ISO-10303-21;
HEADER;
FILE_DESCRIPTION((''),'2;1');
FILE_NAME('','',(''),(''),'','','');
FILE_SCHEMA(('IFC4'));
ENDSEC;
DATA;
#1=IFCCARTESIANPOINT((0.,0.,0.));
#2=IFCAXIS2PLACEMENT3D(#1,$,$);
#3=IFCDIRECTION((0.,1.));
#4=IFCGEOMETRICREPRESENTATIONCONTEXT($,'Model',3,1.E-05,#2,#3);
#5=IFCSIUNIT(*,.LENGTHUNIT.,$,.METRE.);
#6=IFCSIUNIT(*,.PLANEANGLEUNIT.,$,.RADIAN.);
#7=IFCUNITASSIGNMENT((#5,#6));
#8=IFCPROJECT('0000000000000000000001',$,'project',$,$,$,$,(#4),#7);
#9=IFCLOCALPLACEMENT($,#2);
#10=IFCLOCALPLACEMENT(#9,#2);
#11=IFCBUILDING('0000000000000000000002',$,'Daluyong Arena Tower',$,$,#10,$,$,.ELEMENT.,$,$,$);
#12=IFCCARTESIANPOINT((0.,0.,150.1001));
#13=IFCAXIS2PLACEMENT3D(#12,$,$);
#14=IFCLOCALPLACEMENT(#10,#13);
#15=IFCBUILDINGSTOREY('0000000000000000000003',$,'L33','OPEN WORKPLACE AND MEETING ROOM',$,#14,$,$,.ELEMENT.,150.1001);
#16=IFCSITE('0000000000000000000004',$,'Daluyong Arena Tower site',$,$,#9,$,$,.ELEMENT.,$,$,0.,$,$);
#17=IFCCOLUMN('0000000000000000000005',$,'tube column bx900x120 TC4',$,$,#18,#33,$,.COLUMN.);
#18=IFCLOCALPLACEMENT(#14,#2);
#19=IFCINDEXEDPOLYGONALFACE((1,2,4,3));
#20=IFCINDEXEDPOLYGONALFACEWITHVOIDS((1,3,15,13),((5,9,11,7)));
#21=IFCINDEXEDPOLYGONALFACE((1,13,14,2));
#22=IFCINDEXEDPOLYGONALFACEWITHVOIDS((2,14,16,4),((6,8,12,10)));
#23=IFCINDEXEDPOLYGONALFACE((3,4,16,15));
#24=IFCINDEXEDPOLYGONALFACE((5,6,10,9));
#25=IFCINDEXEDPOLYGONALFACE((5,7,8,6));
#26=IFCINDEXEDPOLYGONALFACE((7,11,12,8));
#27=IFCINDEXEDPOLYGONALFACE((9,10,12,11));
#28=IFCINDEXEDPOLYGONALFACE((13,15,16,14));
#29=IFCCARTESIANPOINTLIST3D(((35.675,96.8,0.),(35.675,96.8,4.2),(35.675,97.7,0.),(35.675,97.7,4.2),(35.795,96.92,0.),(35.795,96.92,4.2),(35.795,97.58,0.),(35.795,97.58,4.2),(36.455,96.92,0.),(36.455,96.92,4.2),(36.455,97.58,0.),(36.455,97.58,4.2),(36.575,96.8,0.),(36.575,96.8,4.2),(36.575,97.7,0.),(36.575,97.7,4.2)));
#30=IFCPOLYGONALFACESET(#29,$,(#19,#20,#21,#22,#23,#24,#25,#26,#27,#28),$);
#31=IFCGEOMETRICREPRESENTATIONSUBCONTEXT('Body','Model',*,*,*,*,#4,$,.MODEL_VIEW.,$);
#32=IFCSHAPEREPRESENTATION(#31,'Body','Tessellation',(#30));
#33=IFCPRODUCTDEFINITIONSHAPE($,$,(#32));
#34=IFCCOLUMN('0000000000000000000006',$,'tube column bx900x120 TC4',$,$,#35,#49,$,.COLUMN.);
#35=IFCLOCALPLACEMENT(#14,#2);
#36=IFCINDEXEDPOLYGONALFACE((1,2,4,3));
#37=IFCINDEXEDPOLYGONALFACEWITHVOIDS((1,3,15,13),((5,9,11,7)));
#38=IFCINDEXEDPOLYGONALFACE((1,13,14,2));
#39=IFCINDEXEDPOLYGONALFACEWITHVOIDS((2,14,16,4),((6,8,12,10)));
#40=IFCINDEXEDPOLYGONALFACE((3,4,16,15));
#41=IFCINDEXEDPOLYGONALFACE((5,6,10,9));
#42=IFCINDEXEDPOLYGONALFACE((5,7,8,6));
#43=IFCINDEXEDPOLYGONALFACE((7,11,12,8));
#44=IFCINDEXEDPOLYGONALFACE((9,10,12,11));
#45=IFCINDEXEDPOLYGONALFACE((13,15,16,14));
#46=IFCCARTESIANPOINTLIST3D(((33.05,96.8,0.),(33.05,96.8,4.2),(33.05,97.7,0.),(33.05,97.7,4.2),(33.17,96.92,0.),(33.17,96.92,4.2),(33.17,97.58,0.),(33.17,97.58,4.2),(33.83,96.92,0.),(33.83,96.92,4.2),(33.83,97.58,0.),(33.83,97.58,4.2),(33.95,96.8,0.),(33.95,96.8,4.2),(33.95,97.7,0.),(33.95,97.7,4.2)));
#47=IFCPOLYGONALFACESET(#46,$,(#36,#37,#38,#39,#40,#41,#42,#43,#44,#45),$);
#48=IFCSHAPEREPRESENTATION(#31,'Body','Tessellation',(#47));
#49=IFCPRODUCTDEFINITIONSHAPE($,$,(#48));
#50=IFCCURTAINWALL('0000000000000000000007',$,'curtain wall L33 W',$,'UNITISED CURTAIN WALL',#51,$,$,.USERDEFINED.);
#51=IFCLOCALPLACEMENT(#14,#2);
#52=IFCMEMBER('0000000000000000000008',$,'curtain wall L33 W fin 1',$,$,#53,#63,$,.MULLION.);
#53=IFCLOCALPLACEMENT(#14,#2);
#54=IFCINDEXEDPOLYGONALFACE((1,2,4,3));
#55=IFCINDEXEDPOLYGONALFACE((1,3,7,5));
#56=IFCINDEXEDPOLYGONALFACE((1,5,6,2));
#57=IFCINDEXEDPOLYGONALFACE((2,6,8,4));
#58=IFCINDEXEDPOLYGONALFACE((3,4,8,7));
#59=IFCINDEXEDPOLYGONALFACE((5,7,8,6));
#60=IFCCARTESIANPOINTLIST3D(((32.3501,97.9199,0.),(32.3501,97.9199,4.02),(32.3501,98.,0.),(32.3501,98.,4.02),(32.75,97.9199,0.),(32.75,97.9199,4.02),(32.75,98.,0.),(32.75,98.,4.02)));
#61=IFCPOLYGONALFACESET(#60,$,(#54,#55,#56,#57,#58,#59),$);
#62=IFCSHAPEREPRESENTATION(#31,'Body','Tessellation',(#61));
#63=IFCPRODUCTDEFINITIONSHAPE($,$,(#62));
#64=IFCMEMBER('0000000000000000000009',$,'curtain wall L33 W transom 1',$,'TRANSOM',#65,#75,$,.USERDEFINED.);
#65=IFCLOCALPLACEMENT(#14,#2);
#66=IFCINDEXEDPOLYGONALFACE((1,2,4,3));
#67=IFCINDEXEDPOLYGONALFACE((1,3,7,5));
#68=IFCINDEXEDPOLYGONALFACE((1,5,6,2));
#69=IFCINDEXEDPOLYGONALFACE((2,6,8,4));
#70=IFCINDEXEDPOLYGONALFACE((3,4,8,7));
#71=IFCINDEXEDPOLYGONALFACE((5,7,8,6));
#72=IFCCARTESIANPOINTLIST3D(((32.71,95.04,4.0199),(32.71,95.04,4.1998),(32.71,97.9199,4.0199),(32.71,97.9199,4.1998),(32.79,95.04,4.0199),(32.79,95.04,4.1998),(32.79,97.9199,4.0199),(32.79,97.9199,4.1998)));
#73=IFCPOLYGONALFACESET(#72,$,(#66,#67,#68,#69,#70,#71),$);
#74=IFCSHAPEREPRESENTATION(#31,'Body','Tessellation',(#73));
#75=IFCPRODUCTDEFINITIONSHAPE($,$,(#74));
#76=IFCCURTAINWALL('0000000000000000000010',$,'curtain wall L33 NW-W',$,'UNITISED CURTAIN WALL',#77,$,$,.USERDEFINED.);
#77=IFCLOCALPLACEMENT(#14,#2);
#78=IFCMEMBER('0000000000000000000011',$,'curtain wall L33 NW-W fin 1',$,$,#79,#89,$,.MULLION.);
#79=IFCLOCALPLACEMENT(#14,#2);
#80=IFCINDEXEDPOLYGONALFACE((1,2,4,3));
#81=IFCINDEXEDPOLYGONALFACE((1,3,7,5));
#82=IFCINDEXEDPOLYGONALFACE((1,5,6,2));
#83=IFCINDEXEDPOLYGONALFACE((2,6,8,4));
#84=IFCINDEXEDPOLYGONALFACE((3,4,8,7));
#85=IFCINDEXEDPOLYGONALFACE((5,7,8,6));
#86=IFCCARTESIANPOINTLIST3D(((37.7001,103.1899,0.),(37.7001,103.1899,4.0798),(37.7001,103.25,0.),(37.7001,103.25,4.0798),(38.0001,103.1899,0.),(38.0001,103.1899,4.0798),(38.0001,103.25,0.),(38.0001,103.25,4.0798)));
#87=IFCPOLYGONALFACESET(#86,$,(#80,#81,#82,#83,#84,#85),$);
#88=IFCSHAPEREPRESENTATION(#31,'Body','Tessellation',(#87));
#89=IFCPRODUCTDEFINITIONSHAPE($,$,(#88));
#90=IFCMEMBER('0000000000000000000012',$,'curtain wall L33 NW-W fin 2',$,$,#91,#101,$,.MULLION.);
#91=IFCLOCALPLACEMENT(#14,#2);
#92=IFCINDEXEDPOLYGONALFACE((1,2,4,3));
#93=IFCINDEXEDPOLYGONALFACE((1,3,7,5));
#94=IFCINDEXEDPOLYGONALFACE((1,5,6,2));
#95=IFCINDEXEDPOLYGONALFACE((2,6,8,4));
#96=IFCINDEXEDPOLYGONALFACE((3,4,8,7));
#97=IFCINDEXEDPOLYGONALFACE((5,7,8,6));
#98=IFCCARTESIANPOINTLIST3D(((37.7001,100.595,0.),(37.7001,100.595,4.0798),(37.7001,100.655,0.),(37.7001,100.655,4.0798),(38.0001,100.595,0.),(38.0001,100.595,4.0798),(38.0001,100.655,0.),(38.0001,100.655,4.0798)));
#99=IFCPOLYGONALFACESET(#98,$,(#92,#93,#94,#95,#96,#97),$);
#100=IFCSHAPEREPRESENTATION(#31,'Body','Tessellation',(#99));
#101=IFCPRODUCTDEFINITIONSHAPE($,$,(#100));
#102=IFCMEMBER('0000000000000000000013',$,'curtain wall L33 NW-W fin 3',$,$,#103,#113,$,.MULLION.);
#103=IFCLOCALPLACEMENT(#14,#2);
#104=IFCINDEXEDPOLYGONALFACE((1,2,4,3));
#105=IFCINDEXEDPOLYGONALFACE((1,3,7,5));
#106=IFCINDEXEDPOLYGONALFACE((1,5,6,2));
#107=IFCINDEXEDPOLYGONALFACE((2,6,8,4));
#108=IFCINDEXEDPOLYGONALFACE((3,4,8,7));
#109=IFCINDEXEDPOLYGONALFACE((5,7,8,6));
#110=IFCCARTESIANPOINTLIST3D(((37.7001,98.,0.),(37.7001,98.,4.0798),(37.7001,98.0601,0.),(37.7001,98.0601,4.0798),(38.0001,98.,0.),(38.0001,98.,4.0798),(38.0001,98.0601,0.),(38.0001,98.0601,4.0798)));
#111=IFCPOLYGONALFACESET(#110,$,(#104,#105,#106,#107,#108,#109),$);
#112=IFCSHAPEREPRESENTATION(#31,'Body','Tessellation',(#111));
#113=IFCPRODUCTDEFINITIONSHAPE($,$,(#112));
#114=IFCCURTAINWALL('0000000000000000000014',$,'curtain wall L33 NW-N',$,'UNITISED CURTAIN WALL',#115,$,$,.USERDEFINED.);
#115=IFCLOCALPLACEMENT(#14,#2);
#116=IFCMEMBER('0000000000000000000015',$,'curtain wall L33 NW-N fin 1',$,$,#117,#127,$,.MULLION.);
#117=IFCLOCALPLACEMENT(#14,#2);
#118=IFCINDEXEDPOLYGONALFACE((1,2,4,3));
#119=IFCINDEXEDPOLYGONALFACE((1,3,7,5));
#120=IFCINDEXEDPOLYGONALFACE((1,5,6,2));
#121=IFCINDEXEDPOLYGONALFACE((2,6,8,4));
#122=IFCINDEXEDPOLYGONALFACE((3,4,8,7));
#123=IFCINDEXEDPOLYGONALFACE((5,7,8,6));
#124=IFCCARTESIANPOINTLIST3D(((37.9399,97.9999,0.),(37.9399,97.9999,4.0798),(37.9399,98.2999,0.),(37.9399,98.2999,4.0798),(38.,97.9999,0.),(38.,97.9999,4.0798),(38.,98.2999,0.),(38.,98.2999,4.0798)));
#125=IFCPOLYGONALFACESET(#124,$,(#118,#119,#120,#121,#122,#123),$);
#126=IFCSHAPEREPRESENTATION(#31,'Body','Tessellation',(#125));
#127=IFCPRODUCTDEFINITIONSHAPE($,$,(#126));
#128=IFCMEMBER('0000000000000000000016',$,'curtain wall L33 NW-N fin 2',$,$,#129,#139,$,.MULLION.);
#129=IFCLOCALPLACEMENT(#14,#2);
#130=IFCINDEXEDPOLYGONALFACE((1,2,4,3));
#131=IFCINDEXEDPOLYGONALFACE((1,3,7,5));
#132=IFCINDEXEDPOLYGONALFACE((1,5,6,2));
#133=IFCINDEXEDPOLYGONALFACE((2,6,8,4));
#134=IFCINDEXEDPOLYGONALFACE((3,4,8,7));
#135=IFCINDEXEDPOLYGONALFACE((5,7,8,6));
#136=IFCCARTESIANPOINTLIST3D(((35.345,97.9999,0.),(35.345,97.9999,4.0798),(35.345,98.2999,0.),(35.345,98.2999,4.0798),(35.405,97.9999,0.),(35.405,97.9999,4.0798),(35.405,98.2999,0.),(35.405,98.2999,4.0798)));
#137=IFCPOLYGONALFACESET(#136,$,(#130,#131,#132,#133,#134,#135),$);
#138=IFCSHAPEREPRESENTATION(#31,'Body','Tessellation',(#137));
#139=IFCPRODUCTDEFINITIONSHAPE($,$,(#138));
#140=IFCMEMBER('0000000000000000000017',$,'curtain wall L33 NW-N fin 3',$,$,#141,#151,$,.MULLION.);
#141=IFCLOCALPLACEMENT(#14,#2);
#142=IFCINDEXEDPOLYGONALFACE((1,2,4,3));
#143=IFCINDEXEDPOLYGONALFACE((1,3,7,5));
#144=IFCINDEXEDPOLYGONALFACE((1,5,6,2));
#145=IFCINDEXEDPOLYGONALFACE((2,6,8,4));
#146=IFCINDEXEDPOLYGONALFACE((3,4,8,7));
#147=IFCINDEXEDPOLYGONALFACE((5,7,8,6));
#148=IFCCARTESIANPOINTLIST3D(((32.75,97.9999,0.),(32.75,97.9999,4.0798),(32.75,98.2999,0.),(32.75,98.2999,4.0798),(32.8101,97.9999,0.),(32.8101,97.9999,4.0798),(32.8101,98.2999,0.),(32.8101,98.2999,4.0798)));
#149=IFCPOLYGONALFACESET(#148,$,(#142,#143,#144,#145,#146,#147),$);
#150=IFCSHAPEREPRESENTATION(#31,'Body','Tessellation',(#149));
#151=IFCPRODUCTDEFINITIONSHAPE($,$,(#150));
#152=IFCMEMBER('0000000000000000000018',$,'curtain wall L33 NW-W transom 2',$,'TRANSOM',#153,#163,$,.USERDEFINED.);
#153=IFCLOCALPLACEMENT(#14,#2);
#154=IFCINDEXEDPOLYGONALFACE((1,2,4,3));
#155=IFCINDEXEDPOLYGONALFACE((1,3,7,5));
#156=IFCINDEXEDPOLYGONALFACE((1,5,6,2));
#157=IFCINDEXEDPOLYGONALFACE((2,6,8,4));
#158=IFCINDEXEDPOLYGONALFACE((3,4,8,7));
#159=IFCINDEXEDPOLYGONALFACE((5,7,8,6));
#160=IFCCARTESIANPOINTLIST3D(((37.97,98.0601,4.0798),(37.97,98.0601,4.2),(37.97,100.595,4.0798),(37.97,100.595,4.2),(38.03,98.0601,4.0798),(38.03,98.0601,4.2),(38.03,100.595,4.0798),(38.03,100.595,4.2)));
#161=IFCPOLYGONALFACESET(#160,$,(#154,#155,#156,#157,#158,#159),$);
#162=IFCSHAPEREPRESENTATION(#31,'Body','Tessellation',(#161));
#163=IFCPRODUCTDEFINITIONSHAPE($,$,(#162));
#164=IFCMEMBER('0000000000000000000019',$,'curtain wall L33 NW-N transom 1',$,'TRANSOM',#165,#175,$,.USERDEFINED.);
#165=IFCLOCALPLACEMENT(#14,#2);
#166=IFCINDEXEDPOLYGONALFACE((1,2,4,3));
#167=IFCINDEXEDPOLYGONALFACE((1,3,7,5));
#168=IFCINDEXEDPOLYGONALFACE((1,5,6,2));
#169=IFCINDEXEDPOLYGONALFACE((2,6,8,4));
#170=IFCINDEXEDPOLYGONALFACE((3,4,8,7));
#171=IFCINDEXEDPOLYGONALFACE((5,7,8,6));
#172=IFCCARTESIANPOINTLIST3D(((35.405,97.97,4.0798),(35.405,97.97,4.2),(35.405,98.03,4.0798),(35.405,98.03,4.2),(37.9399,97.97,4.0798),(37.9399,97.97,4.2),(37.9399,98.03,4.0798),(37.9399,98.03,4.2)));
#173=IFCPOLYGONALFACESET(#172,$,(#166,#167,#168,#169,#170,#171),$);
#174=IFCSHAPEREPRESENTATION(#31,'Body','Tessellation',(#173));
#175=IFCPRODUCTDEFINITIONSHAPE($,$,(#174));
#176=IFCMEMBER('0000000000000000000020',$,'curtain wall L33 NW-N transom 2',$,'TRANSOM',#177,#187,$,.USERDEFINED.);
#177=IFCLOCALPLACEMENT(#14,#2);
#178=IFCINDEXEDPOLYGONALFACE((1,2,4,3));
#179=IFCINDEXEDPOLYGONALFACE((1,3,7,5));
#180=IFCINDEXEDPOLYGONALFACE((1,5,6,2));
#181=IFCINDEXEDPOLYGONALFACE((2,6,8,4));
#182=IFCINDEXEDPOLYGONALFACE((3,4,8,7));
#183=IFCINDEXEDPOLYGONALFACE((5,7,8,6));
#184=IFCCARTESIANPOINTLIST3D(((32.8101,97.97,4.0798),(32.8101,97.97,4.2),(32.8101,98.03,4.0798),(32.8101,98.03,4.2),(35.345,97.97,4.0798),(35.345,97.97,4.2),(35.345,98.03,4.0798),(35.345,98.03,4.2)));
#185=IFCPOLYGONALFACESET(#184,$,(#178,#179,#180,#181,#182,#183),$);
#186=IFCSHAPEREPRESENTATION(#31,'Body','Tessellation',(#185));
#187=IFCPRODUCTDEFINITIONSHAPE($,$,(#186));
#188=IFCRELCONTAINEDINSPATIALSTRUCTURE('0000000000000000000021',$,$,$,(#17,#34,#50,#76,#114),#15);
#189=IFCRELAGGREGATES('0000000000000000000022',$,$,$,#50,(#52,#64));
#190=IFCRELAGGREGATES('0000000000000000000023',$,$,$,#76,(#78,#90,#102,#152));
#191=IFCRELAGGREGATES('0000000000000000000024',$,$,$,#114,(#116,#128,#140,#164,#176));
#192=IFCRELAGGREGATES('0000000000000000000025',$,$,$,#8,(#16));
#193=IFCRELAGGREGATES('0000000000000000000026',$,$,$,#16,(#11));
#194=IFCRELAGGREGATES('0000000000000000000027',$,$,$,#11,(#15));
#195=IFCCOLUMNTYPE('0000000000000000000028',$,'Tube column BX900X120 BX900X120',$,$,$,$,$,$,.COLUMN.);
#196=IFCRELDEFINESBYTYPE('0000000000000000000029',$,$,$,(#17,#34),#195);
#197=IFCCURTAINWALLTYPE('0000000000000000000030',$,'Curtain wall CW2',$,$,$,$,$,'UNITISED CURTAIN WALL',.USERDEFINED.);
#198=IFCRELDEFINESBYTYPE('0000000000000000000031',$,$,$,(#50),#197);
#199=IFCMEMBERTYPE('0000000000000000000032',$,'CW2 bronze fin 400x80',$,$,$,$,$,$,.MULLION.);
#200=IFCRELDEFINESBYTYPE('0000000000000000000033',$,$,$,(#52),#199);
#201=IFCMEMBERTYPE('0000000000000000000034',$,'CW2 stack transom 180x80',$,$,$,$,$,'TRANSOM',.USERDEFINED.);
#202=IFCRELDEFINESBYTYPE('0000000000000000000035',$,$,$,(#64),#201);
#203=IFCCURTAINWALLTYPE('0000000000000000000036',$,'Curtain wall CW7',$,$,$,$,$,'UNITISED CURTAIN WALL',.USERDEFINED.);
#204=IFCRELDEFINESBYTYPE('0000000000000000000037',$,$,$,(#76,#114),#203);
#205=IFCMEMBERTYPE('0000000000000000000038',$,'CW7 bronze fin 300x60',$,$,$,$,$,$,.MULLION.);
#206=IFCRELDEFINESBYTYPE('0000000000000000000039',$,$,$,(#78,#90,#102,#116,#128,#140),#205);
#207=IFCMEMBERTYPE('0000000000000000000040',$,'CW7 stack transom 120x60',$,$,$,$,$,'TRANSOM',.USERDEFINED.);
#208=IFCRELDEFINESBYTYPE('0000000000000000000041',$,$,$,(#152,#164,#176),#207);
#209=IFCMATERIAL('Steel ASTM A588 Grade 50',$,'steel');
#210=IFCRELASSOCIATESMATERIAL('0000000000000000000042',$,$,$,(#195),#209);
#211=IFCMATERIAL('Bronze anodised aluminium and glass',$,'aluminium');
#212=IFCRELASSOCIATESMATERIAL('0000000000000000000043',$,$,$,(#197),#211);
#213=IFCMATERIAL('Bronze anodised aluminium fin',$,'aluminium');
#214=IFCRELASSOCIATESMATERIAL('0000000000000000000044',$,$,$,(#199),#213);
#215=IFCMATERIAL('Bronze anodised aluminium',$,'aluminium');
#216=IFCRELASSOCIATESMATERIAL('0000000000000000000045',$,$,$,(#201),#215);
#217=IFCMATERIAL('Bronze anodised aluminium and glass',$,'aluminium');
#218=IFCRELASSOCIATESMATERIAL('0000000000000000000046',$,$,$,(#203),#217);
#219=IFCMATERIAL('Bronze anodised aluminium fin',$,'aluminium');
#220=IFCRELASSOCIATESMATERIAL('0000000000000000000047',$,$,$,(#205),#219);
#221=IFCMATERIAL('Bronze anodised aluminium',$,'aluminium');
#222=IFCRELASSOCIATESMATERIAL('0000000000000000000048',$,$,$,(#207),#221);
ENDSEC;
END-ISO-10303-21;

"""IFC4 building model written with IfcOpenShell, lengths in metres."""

from ifc_helpers import new_model, si_unit, direction, frame, origin, origin_2d, place, context, subcontext, project, spatial, rectangle, hollow_rectangle, extrude, material, material_profile, profile_set, type_object, element, aggregate, save


model = new_model("IFC4")

# Units and contexts
model_context = context("Model", 3, precision=1e-05, world=origin(), true_north=direction((0.0, 1.0)))
body_context = subcontext(model_context, "Body", "Model", "MODEL_VIEW")
ifc_project = project(units=[si_unit("LENGTHUNIT", "METRE"), si_unit("PLANEANGLEUNIT", "RADIAN")], contexts=[model_context])

# Site, building, storey
site_placement = place(None, origin())
site = spatial("IfcSite", under=ifc_project, at=site_placement, Name="Daluyong Arena Tower site", CompositionType="ELEMENT", RefElevation=0.0)
building_placement = place(site_placement, origin())
building = spatial("IfcBuilding", under=site, at=building_placement, Name="Daluyong Arena Tower", CompositionType="ELEMENT")
storey_placement = place(building_placement, frame((0.0, 0.0, 150.1001)))
storey = spatial("IfcBuildingStorey", under=building, at=storey_placement, Name="L33", Description="OPEN WORKPLACE AND MEETING ROOM", CompositionType="ELEMENT", Elevation=150.1001)

# Columns
ifc_material_1 = material(Name="Steel ASTM A588 Grade 50", Category="steel")
ifc_material_profile_1 = material_profile(ifc_material_1, hollow_rectangle(XDim=0.8999, YDim=0.8999, WallThickness=0.12, at=origin_2d()))
ifc_profile_set_1 = profile_set([ifc_material_profile_1], Name="Steel ASTM A588 Grade 50")
column_type = type_object("IfcColumnType", Name="Tube column BX900X120 BX900X120", PredefinedType="COLUMN", material=ifc_profile_set_1)
for number, where, z_axis, x_axis, name in (
    (1, (36.125, 97.25, 0.0), (0.0, 0.0, 1.0), (1.0, 0.0, 0.0), "tube column bx900x120 TC4"),
    (2, (33.5, 97.25, 0.0), (0.0, 0.0, 1.0), (0.0, 1.0, 0.0), "tube column bx900x120 TC4"),
):
    element("IfcColumn", number, at=place(storey_placement, frame(where, z_axis=z_axis, x_axis=x_axis)), inside=storey, type_object=column_type, Name=name, PredefinedType="COLUMN", context=body_context, shape_type="SweptSolid", body=[
        extrude(hollow_rectangle(XDim=0.8999, YDim=0.8999, WallThickness=0.12, at=origin_2d()), origin(), (0.0, 0.0, 1.0), 4.2),
    ])

# Curtain walls, members
ifc_material_2 = material(Name="Bronze anodised aluminium and glass", Category="aluminium")
curtain_wall_type_1 = type_object("IfcCurtainWallType", Name="Curtain wall CW2", ElementType="UNITISED CURTAIN WALL", PredefinedType="USERDEFINED", material=ifc_material_2)
curtain_wall_1_placement = place(storey_placement, origin())
curtain_wall_1 = element("IfcCurtainWall", 3, at=curtain_wall_1_placement, inside=storey, type_object=curtain_wall_type_1, Name="curtain wall L33 W", ObjectType="UNITISED CURTAIN WALL", PredefinedType="USERDEFINED")
ifc_material_3 = material(Name="Bronze anodised aluminium fin", Category="aluminium")
ifc_material_profile_2 = material_profile(ifc_material_3, rectangle(XDim=0.3999, YDim=0.0801, at=origin_2d()))
ifc_profile_set_2 = profile_set([ifc_material_profile_2], Name="Bronze anodised aluminium fin")
member_type_1 = type_object("IfcMemberType", Name="CW2 bronze fin 400x80", PredefinedType="MULLION", material=ifc_profile_set_2)
member_1_placement = place(storey_placement, frame((32.55, 97.96, 0.0), z_axis=(0.0, 0.0, 1.0), x_axis=(1.0, 0.0, 0.0)))
member_1 = element("IfcMember", 4, at=member_1_placement, type_object=member_type_1, Name="curtain wall L33 W fin 1", PredefinedType="MULLION", context=body_context, shape_type="SweptSolid", body=[
    extrude(rectangle(XDim=0.3999, YDim=0.0801, at=origin_2d()), origin(), (0.0, 0.0, 1.0), 4.02),
])
ifc_material_4 = material(Name="Bronze anodised aluminium", Category="aluminium")
ifc_material_profile_3 = material_profile(ifc_material_4, rectangle(XDim=0.0801, YDim=0.1799, at=origin_2d()))
ifc_profile_set_3 = profile_set([ifc_material_profile_3], Name="Bronze anodised aluminium")
member_type_2 = type_object("IfcMemberType", Name="CW2 stack transom 180x80", ElementType="TRANSOM", PredefinedType="USERDEFINED", material=ifc_profile_set_3)
member_2_placement = place(storey_placement, frame((32.75, 97.9199, 4.1099), z_axis=(0.0, -1.0, 0.0), x_axis=(1.0, 0.0, 0.0)))
member_2 = element("IfcMember", 5, at=member_2_placement, type_object=member_type_2, Name="curtain wall L33 W transom 1", ObjectType="TRANSOM", PredefinedType="USERDEFINED", context=body_context, shape_type="SweptSolid", body=[
    extrude(rectangle(XDim=0.0801, YDim=0.1799, at=origin_2d()), origin(), (0.0, 0.0, 1.0), 2.8799),
])
aggregate(curtain_wall_1, [member_1, member_2])
ifc_material_5 = material(Name="Bronze anodised aluminium and glass", Category="aluminium")
curtain_wall_type_2 = type_object("IfcCurtainWallType", Name="Curtain wall CW7", ElementType="UNITISED CURTAIN WALL", PredefinedType="USERDEFINED", material=ifc_material_5)
curtain_wall_2_placement = place(storey_placement, origin())
curtain_wall_2 = element("IfcCurtainWall", 6, at=curtain_wall_2_placement, inside=storey, type_object=curtain_wall_type_2, Name="curtain wall L33 NW-W", ObjectType="UNITISED CURTAIN WALL", PredefinedType="USERDEFINED")
ifc_material_6 = material(Name="Bronze anodised aluminium fin", Category="aluminium")
ifc_material_profile_4 = material_profile(ifc_material_6, rectangle(XDim=0.3, YDim=0.0601, at=origin_2d()))
ifc_profile_set_4 = profile_set([ifc_material_profile_4], Name="Bronze anodised aluminium fin")
member_type_3 = type_object("IfcMemberType", Name="CW7 bronze fin 300x60", PredefinedType="MULLION", material=ifc_profile_set_4)
member_3_placement = place(storey_placement, frame((37.8501, 103.22, 0.0), z_axis=(0.0, 0.0, 1.0), x_axis=(1.0, 0.0, 0.0)))
member_3 = element("IfcMember", 7, at=member_3_placement, type_object=member_type_3, Name="curtain wall L33 NW-W fin 1", PredefinedType="MULLION", context=body_context, shape_type="SweptSolid", body=[
    extrude(rectangle(XDim=0.3, YDim=0.0601, at=origin_2d()), origin(), (0.0, 0.0, 1.0), 4.0798),
])
member_4_placement = place(storey_placement, frame((37.8501, 100.625, 0.0), z_axis=(0.0, 0.0, 1.0), x_axis=(1.0, 0.0, 0.0)))
member_4 = element("IfcMember", 8, at=member_4_placement, type_object=member_type_3, Name="curtain wall L33 NW-W fin 2", PredefinedType="MULLION", context=body_context, shape_type="SweptSolid", body=[
    extrude(rectangle(XDim=0.3, YDim=0.0601, at=origin_2d()), origin(), (0.0, 0.0, 1.0), 4.0798),
])
member_5_placement = place(storey_placement, frame((37.8501, 98.03, 0.0), z_axis=(0.0, 0.0, 1.0), x_axis=(1.0, 0.0, 0.0)))
member_5 = element("IfcMember", 9, at=member_5_placement, type_object=member_type_3, Name="curtain wall L33 NW-W fin 3", PredefinedType="MULLION", context=body_context, shape_type="SweptSolid", body=[
    extrude(rectangle(XDim=0.3, YDim=0.0601, at=origin_2d()), origin(), (0.0, 0.0, 1.0), 4.0798),
])
curtain_wall_3_placement = place(storey_placement, origin())
curtain_wall_3 = element("IfcCurtainWall", 10, at=curtain_wall_3_placement, inside=storey, type_object=curtain_wall_type_2, Name="curtain wall L33 NW-N", ObjectType="UNITISED CURTAIN WALL", PredefinedType="USERDEFINED")
member_6_placement = place(storey_placement, frame((37.97, 98.1499, 0.0), z_axis=(0.0, 0.0, 1.0), x_axis=(0.0, -1.0, 0.0)))
member_6 = element("IfcMember", 11, at=member_6_placement, type_object=member_type_3, Name="curtain wall L33 NW-N fin 1", PredefinedType="MULLION", context=body_context, shape_type="SweptSolid", body=[
    extrude(rectangle(XDim=0.3, YDim=0.0601, at=origin_2d()), origin(), (0.0, 0.0, 1.0), 4.0798),
])
member_7_placement = place(storey_placement, frame((35.375, 98.1499, 0.0), z_axis=(0.0, 0.0, 1.0), x_axis=(0.0, -1.0, 0.0)))
member_7 = element("IfcMember", 12, at=member_7_placement, type_object=member_type_3, Name="curtain wall L33 NW-N fin 2", PredefinedType="MULLION", context=body_context, shape_type="SweptSolid", body=[
    extrude(rectangle(XDim=0.3, YDim=0.0601, at=origin_2d()), origin(), (0.0, 0.0, 1.0), 4.0798),
])
member_8_placement = place(storey_placement, frame((32.78, 98.1499, 0.0), z_axis=(0.0, 0.0, 1.0), x_axis=(0.0, -1.0, 0.0)))
member_8 = element("IfcMember", 13, at=member_8_placement, type_object=member_type_3, Name="curtain wall L33 NW-N fin 3", PredefinedType="MULLION", context=body_context, shape_type="SweptSolid", body=[
    extrude(rectangle(XDim=0.3, YDim=0.0601, at=origin_2d()), origin(), (0.0, 0.0, 1.0), 4.0798),
])

# Members
ifc_material_7 = material(Name="Bronze anodised aluminium", Category="aluminium")
ifc_material_profile_5 = material_profile(ifc_material_7, rectangle(XDim=0.0601, YDim=0.1201, at=origin_2d()))
ifc_profile_set_5 = profile_set([ifc_material_profile_5], Name="Bronze anodised aluminium")
member_type_4 = type_object("IfcMemberType", Name="CW7 stack transom 120x60", ElementType="TRANSOM", PredefinedType="USERDEFINED", material=ifc_profile_set_5)
member_9_placement = place(storey_placement, frame((38.0, 100.595, 4.1399), z_axis=(0.0, -1.0, 0.0), x_axis=(1.0, 0.0, 0.0)))
member_9 = element("IfcMember", 14, at=member_9_placement, type_object=member_type_4, Name="curtain wall L33 NW-W transom 2", ObjectType="TRANSOM", PredefinedType="USERDEFINED", context=body_context, shape_type="SweptSolid", body=[
    extrude(rectangle(XDim=0.0601, YDim=0.1201, at=origin_2d()), origin(), (0.0, 0.0, 1.0), 2.5349),
])
member_10_placement = place(storey_placement, frame((37.9399, 98.0, 4.1399), z_axis=(-1.0, 0.0, 0.0), x_axis=(0.0, -1.0, 0.0)))
member_10 = element("IfcMember", 15, at=member_10_placement, type_object=member_type_4, Name="curtain wall L33 NW-N transom 1", ObjectType="TRANSOM", PredefinedType="USERDEFINED", context=body_context, shape_type="SweptSolid", body=[
    extrude(rectangle(XDim=0.0601, YDim=0.1201, at=origin_2d()), origin(), (0.0, 0.0, 1.0), 2.5349),
])
member_11_placement = place(storey_placement, frame((35.345, 98.0, 4.1399), z_axis=(-1.0, 0.0, 0.0), x_axis=(0.0, -1.0, 0.0)))
member_11 = element("IfcMember", 16, at=member_11_placement, type_object=member_type_4, Name="curtain wall L33 NW-N transom 2", ObjectType="TRANSOM", PredefinedType="USERDEFINED", context=body_context, shape_type="SweptSolid", body=[
    extrude(rectangle(XDim=0.0601, YDim=0.1201, at=origin_2d()), origin(), (0.0, 0.0, 1.0), 2.5349),
])

aggregate(curtain_wall_2, [member_3, member_4, member_5, member_9])
aggregate(curtain_wall_3, [member_6, member_7, member_8, member_10, member_11])

save(model, "model.ifc")
